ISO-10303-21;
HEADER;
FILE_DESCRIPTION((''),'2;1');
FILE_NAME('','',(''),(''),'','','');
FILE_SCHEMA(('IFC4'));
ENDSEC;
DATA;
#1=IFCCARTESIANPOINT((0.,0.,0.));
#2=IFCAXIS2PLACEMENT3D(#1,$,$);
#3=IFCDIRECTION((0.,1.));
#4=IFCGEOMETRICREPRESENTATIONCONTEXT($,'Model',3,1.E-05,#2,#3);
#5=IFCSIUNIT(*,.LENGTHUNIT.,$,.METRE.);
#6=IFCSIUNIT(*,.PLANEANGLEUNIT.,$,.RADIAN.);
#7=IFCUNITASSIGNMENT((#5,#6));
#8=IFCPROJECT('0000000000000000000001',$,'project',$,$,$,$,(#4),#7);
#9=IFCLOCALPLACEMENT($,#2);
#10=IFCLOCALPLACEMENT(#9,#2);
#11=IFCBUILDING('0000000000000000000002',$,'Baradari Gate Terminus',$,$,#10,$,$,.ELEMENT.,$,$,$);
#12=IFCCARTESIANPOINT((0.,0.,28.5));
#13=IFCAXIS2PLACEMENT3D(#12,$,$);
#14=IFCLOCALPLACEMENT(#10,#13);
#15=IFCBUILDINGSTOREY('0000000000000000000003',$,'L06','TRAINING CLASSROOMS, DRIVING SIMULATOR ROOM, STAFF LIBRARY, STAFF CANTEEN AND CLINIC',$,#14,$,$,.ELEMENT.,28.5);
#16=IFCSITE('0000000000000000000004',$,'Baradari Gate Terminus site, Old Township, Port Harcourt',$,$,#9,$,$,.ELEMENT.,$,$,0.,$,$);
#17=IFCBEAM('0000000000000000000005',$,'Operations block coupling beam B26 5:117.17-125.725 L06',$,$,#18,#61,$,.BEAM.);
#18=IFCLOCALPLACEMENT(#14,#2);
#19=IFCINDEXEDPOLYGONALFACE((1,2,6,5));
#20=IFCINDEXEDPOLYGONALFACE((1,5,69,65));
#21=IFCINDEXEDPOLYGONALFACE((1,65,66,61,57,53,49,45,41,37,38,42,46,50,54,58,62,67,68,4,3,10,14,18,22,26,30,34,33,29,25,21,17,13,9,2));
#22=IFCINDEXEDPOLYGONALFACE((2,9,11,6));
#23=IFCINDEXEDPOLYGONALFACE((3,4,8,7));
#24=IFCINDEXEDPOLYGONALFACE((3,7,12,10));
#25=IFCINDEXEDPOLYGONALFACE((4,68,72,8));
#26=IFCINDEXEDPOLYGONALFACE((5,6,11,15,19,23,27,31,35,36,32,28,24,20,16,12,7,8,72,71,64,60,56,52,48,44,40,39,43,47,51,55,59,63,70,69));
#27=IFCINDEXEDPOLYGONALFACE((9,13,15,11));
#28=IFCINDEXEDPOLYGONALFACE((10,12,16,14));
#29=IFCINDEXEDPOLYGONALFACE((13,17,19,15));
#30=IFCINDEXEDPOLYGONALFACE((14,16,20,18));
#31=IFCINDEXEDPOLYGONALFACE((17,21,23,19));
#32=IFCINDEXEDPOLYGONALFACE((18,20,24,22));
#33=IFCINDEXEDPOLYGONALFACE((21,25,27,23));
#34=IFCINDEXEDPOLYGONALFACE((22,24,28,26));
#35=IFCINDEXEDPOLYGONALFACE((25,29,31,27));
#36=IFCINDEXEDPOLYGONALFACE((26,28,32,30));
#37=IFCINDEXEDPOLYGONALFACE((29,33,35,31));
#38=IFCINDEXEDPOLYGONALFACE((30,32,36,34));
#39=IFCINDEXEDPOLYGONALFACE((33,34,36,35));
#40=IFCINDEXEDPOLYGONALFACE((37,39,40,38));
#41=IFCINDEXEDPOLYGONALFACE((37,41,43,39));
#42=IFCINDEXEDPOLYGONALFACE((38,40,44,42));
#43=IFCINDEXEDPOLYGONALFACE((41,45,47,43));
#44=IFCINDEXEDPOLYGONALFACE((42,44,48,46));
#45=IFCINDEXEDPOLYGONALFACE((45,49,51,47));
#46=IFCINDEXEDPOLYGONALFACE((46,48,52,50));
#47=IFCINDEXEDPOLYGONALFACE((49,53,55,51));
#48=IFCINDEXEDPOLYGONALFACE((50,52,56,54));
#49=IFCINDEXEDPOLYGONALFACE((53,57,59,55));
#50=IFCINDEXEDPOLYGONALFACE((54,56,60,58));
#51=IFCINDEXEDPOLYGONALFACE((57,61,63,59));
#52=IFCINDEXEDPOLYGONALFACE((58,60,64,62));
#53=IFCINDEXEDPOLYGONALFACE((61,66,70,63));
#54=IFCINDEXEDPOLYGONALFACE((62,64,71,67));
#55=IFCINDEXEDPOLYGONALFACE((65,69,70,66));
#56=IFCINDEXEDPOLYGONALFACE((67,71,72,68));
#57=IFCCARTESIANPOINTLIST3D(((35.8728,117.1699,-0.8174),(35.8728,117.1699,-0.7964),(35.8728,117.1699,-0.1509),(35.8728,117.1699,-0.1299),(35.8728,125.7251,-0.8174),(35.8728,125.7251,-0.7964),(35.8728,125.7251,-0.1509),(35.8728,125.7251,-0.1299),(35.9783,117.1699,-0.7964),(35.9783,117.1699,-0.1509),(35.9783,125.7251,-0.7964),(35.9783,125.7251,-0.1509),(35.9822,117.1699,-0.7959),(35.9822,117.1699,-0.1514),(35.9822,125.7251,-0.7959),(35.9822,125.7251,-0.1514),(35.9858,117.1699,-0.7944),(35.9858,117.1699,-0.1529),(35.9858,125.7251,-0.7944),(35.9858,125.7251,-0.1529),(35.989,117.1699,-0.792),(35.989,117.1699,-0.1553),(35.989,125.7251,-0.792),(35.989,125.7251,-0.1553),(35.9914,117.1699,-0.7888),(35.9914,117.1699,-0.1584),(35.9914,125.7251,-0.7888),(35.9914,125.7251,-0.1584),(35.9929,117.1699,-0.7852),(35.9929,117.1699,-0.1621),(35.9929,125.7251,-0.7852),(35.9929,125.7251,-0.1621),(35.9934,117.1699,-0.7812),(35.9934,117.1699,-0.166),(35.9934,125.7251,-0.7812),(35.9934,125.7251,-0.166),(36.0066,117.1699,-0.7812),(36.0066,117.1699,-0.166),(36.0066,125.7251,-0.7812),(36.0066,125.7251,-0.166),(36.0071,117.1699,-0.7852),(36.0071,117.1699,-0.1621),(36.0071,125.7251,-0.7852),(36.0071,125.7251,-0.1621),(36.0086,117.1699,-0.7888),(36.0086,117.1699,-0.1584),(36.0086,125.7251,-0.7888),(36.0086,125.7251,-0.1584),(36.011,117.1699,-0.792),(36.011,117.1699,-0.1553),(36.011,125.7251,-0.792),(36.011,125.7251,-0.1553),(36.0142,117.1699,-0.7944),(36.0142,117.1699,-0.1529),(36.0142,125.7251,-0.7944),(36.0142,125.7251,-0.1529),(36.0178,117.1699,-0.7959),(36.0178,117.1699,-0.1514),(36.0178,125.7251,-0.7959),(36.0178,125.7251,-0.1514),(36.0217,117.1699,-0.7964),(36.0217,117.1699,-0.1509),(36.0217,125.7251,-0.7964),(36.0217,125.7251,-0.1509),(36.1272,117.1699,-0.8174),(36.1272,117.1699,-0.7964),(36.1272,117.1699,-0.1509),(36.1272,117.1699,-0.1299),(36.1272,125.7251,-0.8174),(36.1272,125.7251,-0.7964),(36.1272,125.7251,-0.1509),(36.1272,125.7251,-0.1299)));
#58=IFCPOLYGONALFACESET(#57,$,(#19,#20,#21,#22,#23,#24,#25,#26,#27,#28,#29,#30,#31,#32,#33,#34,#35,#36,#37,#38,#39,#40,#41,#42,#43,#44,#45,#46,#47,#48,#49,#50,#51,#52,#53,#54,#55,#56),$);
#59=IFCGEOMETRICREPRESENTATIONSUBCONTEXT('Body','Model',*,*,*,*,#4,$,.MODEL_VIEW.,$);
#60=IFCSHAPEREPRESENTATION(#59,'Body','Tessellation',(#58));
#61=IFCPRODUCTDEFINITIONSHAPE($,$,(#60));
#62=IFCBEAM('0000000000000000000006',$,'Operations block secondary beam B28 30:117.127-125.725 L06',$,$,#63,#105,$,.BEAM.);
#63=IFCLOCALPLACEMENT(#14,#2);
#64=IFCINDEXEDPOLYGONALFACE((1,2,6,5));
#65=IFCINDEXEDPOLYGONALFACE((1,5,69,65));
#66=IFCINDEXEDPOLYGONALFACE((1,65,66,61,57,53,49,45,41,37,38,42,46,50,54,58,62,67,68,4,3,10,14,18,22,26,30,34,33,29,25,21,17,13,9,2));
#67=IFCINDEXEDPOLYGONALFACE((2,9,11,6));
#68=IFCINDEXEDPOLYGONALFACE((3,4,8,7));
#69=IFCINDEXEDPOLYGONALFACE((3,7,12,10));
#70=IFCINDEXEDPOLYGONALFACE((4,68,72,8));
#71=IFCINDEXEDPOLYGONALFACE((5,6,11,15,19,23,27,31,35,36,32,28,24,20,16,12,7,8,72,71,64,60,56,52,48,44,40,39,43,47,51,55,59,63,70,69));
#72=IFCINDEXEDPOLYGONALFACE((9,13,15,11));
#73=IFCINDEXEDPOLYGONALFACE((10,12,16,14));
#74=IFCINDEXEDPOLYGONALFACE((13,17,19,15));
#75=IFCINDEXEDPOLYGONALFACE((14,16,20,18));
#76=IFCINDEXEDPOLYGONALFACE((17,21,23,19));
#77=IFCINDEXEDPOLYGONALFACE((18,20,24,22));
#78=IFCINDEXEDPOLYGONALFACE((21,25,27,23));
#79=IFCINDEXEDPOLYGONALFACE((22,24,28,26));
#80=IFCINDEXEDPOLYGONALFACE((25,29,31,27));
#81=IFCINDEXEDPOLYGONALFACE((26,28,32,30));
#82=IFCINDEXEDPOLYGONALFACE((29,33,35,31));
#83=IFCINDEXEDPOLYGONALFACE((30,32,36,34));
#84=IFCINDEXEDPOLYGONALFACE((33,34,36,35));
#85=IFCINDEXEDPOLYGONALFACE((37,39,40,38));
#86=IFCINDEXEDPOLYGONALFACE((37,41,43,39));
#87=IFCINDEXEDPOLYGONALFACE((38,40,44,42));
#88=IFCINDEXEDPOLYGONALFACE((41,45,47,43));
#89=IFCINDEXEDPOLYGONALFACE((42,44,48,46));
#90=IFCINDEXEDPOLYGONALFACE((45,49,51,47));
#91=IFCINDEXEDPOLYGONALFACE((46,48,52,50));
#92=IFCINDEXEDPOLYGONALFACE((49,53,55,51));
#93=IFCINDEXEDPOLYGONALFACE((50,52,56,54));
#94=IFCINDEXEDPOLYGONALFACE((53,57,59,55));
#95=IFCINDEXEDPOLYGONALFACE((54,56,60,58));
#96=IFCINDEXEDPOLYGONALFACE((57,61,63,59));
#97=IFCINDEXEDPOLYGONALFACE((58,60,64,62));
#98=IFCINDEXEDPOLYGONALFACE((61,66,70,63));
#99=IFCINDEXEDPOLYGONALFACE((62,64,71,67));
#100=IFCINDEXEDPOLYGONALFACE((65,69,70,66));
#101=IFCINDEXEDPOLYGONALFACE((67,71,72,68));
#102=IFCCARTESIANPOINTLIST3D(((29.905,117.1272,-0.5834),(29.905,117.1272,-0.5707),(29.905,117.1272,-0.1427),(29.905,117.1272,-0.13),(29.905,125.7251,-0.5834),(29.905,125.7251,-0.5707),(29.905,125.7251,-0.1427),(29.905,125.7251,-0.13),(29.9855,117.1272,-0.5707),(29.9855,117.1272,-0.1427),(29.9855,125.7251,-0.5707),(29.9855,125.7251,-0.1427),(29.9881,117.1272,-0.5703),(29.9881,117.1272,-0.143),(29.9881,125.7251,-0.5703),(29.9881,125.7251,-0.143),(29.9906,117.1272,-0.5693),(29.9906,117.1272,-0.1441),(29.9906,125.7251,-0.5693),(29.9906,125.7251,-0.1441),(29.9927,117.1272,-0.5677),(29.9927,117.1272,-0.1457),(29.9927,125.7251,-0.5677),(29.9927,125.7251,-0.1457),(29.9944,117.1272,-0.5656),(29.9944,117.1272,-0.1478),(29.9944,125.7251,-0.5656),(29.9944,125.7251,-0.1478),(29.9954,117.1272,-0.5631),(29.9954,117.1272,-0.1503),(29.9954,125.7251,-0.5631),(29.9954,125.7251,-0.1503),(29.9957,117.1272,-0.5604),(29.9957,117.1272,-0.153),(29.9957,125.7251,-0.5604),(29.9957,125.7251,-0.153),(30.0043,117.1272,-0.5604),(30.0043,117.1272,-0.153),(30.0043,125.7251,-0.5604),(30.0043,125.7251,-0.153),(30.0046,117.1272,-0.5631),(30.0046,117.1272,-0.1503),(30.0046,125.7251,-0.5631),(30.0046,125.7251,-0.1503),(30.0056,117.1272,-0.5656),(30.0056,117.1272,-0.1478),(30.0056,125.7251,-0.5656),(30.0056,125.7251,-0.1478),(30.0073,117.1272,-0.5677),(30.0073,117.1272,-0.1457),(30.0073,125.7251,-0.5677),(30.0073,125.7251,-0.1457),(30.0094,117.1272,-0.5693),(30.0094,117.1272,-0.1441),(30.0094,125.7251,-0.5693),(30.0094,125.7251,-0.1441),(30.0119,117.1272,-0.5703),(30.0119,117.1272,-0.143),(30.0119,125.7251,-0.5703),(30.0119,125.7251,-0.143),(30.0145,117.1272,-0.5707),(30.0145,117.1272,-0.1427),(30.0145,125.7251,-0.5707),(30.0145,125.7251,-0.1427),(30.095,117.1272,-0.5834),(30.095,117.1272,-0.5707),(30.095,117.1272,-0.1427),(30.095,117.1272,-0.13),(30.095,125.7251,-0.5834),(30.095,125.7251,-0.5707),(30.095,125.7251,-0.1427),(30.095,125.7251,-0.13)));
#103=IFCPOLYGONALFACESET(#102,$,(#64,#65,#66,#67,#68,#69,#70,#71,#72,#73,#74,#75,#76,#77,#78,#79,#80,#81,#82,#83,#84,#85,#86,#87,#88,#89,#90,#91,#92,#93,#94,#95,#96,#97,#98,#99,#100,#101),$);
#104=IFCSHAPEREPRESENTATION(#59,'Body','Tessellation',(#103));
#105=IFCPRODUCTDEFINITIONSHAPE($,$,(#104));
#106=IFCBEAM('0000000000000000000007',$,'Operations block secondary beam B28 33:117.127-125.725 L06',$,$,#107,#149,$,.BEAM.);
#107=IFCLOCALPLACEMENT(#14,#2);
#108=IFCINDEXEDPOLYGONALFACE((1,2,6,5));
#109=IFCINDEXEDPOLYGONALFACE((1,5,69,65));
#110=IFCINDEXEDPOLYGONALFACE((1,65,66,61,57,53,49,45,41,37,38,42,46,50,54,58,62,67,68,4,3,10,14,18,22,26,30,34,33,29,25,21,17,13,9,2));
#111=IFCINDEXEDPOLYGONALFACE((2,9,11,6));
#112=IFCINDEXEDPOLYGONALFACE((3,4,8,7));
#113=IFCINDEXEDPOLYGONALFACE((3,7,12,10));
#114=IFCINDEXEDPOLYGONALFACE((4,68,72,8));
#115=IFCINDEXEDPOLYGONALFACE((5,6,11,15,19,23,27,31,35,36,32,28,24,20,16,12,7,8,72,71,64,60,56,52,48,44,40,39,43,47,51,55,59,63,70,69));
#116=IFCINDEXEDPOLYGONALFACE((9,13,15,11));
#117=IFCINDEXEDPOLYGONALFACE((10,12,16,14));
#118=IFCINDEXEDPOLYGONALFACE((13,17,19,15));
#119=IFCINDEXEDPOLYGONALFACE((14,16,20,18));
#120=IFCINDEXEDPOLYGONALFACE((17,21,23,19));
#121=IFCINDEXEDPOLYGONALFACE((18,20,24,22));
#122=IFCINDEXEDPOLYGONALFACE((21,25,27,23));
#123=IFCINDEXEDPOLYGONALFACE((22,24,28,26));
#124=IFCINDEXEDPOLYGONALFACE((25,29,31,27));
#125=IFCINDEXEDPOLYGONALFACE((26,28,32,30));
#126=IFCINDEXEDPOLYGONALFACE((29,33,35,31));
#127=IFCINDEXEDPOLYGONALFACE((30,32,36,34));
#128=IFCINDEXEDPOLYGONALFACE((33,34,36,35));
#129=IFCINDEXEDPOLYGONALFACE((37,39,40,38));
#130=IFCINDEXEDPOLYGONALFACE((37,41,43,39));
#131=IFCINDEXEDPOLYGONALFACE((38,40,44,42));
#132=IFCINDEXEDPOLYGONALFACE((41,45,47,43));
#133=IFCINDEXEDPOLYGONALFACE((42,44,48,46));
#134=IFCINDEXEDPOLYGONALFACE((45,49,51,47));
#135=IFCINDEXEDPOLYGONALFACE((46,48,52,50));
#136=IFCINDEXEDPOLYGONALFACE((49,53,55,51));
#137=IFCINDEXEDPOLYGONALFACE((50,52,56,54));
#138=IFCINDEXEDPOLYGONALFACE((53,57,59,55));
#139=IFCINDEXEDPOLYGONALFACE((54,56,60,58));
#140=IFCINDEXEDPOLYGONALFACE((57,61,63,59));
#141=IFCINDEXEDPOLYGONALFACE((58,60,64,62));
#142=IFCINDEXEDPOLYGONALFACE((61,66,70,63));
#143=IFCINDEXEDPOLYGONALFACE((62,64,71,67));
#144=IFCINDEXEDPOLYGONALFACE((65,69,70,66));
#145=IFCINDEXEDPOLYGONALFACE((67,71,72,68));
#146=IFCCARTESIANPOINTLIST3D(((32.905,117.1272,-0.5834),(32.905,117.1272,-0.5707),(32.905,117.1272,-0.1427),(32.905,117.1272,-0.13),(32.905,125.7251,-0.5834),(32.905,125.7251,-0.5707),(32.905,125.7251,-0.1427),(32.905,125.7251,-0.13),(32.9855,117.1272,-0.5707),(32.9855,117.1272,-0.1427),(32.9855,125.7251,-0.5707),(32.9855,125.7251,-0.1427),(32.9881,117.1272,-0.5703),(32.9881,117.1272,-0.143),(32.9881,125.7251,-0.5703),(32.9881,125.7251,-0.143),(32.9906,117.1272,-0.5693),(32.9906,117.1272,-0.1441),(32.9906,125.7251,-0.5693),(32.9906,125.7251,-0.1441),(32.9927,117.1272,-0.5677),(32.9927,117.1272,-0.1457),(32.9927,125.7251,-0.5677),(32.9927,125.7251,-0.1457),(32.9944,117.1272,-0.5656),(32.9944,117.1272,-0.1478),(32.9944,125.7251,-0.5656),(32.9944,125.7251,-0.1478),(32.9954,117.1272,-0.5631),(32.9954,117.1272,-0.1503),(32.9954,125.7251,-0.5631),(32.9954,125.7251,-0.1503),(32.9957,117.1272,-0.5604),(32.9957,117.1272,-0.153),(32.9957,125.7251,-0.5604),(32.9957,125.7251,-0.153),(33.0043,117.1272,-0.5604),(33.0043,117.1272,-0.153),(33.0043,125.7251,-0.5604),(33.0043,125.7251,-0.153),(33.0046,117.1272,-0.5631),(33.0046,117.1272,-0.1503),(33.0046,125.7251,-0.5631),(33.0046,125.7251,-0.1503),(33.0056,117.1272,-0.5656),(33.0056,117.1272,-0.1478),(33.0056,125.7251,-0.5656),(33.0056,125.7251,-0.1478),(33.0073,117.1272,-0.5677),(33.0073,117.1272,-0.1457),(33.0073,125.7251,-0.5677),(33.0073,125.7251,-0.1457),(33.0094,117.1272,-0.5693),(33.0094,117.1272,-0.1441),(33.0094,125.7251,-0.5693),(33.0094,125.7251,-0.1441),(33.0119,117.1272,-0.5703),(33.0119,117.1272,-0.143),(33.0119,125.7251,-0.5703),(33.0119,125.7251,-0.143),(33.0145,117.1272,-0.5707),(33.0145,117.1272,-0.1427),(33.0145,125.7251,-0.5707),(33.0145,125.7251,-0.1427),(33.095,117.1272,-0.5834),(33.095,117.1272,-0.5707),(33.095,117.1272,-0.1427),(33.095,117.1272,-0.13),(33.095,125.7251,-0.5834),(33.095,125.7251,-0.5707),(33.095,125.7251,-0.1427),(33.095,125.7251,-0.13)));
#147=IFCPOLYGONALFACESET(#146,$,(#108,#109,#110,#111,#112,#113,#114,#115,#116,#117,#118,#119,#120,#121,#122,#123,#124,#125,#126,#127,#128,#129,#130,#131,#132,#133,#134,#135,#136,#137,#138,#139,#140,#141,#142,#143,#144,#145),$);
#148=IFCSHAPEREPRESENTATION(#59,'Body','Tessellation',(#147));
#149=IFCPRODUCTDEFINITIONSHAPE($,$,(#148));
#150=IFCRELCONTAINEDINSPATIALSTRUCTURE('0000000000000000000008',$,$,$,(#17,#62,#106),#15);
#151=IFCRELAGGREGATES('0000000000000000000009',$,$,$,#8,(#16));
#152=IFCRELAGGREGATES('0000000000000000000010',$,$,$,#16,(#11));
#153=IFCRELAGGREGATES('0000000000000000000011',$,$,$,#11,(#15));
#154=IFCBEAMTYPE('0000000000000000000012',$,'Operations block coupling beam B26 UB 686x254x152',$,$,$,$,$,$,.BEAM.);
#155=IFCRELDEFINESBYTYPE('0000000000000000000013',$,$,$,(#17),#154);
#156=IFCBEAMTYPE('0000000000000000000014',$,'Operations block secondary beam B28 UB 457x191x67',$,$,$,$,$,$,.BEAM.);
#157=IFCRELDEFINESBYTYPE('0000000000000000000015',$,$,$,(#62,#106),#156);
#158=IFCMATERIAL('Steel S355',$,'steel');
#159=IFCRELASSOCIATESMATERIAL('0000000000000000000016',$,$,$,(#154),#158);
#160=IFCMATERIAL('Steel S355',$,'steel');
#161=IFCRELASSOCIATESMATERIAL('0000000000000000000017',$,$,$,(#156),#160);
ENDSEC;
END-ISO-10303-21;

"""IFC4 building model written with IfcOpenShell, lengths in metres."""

from ifc_helpers import new_model, si_unit, direction, frame, origin, origin_2d, place, context, subcontext, project, spatial, i_section, extrude, material, material_profile, profile_set, type_object, element, save


model = new_model("IFC4")

# Units and contexts
model_context = context("Model", 3, precision=1e-05, world=origin(), true_north=direction((0.0, 1.0)))
body_context = subcontext(model_context, "Body", "Model", "MODEL_VIEW")
ifc_project = project(units=[si_unit("LENGTHUNIT", "METRE"), si_unit("PLANEANGLEUNIT", "RADIAN")], contexts=[model_context])

# Site, building, storey
site_placement = place(None, origin())
site = spatial("IfcSite", under=ifc_project, at=site_placement, Name="Baradari Gate Terminus site, Old Township, Port Harcourt", CompositionType="ELEMENT", RefElevation=0.0)
building_placement = place(site_placement, origin())
building = spatial("IfcBuilding", under=site, at=building_placement, Name="Baradari Gate Terminus", CompositionType="ELEMENT")
storey_placement = place(building_placement, frame((0.0, 0.0, 28.5)))
storey = spatial("IfcBuildingStorey", under=building, at=storey_placement, Name="L06", Description="TRAINING CLASSROOMS, DRIVING SIMULATOR ROOM, STAFF LIBRARY, STAFF CANTEEN AND CLINIC", CompositionType="ELEMENT", Elevation=28.5)

# Beams
ifc_material_1 = material(Name="Steel S355", Category="steel")
ifc_material_profile_1 = material_profile(ifc_material_1, i_section(OverallWidth=0.2544, OverallDepth=0.6875, WebThickness=0.0132, FlangeThickness=0.021, FilletRadius=0.0151, at=origin_2d()), Name="UB 686x254x152")
ifc_profile_set_1 = profile_set([ifc_material_profile_1], Name="Steel S355")
beam_type_1 = type_object("IfcBeamType", Name="Operations block coupling beam B26 UB 686x254x152", PredefinedType="BEAM", material=ifc_profile_set_1)
beam_1_placement = place(storey_placement, frame((36.0, 117.1699, -0.4736), z_axis=(0.0, 1.0, 0.0), x_axis=(-1.0, 0.0, 0.0)))
element("IfcBeam", 1, at=beam_1_placement, inside=storey, type_object=beam_type_1, Name="Operations block coupling beam B26 5:117.17-125.725 L06", PredefinedType="BEAM", context=body_context, shape_type="SweptSolid", body=[
    extrude(i_section(OverallWidth=0.2544, OverallDepth=0.6875, WebThickness=0.0132, FlangeThickness=0.021, FilletRadius=0.0151, at=origin_2d()), origin(), (0.0, 0.0, 1.0), 8.5552),
])
ifc_material_2 = material(Name="Steel S355", Category="steel")
ifc_material_profile_2 = material_profile(ifc_material_2, i_section(OverallWidth=0.1899, OverallDepth=0.4534, WebThickness=0.0085, FlangeThickness=0.0127, FilletRadius=0.0103, at=origin_2d()), Name="UB 457x191x67")
ifc_profile_set_2 = profile_set([ifc_material_profile_2], Name="Steel S355")
beam_type_2 = type_object("IfcBeamType", Name="Operations block secondary beam B28 UB 457x191x67", PredefinedType="BEAM", material=ifc_profile_set_2)
for number, where, z_axis, x_axis, name in (
    (2, (30.0, 117.1272, -0.3567), (0.0, 1.0, 0.0), (-1.0, 0.0, 0.0), "Operations block secondary beam B28 30:117.127-125.725 L06"),
    (3, (33.0, 117.1272, -0.3567), (0.0, 1.0, 0.0), (-1.0, 0.0, 0.0), "Operations block secondary beam B28 33:117.127-125.725 L06"),
):
    element("IfcBeam", number, at=place(storey_placement, frame(where, z_axis=z_axis, x_axis=x_axis)), inside=storey, type_object=beam_type_2, Name=name, PredefinedType="BEAM", context=body_context, shape_type="SweptSolid", body=[
        extrude(i_section(OverallWidth=0.1899, OverallDepth=0.4534, WebThickness=0.0085, FlangeThickness=0.0127, FilletRadius=0.0103, at=origin_2d()), origin(), (0.0, 0.0, 1.0), 8.5979),
    ])

save(model, "model.ifc")
